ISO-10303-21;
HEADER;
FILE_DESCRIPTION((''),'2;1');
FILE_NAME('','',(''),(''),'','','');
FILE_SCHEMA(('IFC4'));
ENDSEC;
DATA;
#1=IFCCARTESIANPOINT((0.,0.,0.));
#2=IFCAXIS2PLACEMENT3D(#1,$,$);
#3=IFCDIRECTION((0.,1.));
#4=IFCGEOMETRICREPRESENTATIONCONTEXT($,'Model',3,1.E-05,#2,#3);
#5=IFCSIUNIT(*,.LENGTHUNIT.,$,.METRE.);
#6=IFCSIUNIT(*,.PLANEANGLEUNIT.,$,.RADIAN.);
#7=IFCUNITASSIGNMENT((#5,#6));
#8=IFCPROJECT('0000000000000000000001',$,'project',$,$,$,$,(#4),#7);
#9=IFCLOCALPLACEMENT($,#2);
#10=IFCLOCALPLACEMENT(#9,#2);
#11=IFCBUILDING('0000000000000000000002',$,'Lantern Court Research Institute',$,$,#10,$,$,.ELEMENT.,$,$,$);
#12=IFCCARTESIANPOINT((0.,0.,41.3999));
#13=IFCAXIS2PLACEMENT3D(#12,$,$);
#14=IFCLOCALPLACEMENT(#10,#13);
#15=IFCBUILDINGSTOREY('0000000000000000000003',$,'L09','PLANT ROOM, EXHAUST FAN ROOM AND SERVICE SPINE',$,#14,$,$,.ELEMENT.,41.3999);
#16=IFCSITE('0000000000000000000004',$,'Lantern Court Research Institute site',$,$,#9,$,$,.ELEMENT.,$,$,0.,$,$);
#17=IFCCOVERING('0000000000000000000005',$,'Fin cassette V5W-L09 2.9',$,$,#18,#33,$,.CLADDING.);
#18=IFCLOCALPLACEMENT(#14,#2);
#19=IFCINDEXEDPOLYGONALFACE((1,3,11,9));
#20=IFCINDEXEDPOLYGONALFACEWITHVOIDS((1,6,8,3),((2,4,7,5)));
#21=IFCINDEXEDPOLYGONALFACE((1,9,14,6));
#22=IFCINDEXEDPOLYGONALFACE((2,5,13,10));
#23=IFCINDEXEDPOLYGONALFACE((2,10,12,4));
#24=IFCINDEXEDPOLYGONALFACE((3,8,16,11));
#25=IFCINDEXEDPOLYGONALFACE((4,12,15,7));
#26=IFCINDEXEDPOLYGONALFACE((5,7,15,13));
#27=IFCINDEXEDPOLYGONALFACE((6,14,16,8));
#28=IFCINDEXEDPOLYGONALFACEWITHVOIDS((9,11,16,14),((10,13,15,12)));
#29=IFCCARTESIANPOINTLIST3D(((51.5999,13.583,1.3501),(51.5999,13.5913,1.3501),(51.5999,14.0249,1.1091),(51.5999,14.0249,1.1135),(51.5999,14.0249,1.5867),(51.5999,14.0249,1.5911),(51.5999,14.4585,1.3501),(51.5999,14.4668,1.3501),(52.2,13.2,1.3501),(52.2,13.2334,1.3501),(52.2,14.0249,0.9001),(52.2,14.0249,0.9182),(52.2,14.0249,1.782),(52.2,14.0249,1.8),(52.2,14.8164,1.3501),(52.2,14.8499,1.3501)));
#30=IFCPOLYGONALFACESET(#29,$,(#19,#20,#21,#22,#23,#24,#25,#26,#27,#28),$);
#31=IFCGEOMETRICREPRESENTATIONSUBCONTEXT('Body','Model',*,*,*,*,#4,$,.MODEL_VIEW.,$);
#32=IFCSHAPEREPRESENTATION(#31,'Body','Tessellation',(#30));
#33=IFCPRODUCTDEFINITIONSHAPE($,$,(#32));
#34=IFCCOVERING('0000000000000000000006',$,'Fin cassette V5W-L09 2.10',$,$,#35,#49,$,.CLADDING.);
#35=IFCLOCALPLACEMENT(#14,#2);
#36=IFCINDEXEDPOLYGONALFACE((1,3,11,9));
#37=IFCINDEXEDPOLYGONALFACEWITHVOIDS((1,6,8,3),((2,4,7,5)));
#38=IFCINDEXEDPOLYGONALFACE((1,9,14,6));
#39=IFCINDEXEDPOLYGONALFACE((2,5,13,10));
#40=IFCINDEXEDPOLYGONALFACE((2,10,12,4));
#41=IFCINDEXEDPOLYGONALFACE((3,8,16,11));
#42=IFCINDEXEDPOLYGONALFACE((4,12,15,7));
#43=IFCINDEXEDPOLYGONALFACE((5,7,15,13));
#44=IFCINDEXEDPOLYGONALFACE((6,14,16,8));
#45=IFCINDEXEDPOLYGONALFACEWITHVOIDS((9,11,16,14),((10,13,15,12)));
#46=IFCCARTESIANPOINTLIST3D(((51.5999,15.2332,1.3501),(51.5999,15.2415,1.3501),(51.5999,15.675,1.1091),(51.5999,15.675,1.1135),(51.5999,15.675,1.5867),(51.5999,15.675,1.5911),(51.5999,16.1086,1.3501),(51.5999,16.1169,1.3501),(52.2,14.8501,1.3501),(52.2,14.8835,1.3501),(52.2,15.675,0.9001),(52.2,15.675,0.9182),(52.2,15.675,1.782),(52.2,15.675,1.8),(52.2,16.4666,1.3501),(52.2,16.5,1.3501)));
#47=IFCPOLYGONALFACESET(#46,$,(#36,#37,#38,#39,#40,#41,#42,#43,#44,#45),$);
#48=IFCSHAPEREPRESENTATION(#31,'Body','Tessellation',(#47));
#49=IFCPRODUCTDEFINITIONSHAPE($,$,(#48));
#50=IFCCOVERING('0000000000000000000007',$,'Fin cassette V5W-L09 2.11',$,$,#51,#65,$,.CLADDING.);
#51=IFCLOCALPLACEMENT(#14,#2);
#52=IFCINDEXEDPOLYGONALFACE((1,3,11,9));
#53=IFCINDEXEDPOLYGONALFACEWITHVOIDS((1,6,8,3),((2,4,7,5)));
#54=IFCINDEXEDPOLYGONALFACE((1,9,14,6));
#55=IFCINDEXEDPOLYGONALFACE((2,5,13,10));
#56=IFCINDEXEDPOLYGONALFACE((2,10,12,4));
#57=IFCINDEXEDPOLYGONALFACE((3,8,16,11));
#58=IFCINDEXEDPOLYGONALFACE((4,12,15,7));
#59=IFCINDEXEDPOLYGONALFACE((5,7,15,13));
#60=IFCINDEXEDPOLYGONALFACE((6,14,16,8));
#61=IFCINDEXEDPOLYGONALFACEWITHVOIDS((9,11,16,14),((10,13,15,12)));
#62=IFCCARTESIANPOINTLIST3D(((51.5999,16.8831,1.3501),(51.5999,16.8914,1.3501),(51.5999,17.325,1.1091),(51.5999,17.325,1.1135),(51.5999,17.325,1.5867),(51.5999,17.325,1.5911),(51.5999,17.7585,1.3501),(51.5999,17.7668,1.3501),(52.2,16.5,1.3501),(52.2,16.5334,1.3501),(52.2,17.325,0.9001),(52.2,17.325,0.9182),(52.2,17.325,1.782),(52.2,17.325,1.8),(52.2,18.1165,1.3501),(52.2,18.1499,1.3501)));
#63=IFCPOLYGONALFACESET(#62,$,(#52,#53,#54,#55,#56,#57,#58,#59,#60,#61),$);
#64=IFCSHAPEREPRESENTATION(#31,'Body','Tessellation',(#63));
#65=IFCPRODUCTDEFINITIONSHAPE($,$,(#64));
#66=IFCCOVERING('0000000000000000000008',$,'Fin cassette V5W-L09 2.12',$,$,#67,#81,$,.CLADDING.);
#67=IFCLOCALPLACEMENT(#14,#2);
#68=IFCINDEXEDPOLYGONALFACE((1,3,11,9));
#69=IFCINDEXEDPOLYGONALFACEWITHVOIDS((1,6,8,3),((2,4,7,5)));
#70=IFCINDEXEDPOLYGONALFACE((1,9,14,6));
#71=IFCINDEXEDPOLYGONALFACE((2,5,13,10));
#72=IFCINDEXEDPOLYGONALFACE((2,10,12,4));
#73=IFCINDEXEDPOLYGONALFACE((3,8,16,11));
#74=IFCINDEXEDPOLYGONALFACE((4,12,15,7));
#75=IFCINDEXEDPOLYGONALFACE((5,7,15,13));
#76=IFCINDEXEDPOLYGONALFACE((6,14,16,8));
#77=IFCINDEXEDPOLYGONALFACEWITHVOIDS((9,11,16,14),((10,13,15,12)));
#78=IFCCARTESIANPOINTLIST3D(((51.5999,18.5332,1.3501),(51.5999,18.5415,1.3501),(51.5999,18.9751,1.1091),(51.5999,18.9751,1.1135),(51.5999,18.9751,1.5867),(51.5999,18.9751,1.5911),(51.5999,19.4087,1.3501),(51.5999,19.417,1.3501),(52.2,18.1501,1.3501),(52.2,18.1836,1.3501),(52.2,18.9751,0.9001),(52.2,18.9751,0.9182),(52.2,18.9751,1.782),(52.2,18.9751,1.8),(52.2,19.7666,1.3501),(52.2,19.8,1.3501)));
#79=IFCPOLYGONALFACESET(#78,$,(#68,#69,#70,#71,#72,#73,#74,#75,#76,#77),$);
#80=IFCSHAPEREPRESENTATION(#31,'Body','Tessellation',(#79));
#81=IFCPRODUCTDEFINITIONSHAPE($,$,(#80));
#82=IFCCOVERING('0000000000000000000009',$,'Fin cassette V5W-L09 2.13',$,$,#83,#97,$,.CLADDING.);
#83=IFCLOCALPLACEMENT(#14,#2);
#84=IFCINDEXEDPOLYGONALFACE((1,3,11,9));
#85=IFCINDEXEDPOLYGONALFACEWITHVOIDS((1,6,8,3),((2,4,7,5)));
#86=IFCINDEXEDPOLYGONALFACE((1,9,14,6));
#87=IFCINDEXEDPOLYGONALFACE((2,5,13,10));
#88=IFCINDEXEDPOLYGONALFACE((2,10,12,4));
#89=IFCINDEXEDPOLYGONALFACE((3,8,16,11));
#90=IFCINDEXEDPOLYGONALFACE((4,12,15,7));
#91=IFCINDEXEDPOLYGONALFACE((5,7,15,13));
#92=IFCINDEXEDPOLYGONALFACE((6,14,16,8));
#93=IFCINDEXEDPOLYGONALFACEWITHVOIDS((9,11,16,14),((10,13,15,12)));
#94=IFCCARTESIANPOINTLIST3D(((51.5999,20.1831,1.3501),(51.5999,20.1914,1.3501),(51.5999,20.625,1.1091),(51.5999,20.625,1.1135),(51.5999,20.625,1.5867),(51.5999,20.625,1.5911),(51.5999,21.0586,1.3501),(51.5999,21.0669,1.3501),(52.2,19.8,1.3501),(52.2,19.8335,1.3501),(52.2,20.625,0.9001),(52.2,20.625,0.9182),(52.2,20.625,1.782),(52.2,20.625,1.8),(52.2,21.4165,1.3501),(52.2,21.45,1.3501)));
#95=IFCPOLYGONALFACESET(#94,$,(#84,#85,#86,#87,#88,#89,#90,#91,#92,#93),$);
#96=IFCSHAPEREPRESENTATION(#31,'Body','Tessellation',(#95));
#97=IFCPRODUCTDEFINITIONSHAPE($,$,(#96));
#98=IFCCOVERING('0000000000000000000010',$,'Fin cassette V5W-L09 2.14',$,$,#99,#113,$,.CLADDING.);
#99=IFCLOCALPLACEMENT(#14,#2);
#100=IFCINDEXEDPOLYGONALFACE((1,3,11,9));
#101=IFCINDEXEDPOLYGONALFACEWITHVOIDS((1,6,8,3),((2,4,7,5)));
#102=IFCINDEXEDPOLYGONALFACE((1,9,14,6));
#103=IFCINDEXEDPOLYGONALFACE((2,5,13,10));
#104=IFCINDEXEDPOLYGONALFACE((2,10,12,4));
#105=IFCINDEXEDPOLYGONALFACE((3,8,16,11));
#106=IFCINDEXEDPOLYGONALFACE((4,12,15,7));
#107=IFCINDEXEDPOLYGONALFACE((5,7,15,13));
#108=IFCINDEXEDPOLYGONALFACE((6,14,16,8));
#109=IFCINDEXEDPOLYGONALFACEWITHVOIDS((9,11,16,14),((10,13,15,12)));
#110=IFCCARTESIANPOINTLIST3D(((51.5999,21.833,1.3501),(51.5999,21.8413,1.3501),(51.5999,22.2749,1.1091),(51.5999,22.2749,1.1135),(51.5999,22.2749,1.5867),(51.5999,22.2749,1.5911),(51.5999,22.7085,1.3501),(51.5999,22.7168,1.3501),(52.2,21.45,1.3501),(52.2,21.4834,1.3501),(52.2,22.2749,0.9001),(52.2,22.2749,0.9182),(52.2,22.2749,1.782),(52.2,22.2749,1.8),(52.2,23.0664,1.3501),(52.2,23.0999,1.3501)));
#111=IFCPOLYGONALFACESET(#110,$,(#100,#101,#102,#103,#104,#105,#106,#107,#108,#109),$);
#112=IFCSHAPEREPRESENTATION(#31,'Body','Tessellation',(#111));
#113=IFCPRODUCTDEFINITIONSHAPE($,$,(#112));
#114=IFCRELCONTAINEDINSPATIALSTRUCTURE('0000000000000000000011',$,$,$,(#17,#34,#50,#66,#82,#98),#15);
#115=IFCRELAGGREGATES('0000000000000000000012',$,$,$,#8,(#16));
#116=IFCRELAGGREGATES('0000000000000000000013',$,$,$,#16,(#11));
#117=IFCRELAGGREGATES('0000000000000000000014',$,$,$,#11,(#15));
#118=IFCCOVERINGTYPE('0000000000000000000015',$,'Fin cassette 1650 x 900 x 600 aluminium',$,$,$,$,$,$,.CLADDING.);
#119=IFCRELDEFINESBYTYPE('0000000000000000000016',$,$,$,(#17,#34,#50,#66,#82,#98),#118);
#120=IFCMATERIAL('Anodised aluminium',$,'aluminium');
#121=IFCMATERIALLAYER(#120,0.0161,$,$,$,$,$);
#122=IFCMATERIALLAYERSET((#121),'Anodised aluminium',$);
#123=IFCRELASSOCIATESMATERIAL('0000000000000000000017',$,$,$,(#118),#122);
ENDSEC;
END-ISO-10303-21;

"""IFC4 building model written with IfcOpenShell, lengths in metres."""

from ifc_helpers import new_model, entity, si_unit, direction, frame, origin, place, context, subcontext, project, spatial, material, layer, layer_set, type_object, element, save


model = new_model("IFC4")

# Units and contexts
model_context = context("Model", 3, precision=1e-05, world=origin(), true_north=direction((0.0, 1.0)))
body_context = subcontext(model_context, "Body", "Model", "MODEL_VIEW")
ifc_project = project(units=[si_unit("LENGTHUNIT", "METRE"), si_unit("PLANEANGLEUNIT", "RADIAN")], contexts=[model_context])

# Site, building, storey
site_placement = place(None, origin())
site = spatial("IfcSite", under=ifc_project, at=site_placement, Name="Lantern Court Research Institute site", CompositionType="ELEMENT", RefElevation=0.0)
building_placement = place(site_placement, origin())
building = spatial("IfcBuilding", under=site, at=building_placement, Name="Lantern Court Research Institute", CompositionType="ELEMENT")
storey_placement = place(building_placement, frame((0.0, 0.0, 41.3999)))
storey = spatial("IfcBuildingStorey", under=building, at=storey_placement, Name="L09", Description="PLANT ROOM, EXHAUST FAN ROOM AND SERVICE SPINE", CompositionType="ELEMENT", Elevation=41.3999)

# Coverings
ifc_material_1 = material(Name="Anodised aluminium", Category="aluminium")
ifc_layer_1 = layer(ifc_material_1, 0.0161)
ifc_layer_set_1 = layer_set([ifc_layer_1], Name="Anodised aluminium")
covering_type = type_object("IfcCoveringType", Name="Fin cassette 1650 x 900 x 600 aluminium", PredefinedType="CLADDING", material=ifc_layer_set_1)
covering_1_placement = place(storey_placement, frame((52.2, 14.0249, 1.3501), z_axis=(-1.0, 0.0, 0.0), x_axis=(0.0, -1.0, 0.0)))
cartesian_point_1 = entity("IfcCartesianPoint", [0.825, 0.0])
cartesian_point_2 = entity("IfcCartesianPoint", [0.7915, 0.0])
cartesian_point_3 = entity("IfcCartesianPoint", [0.4419, 0.0])
cartesian_point_4 = entity("IfcCartesianPoint", [0.4336, 0.0])
element("IfcCovering", 1, at=covering_1_placement, inside=storey, type_object=covering_type, Name="Fin cassette V5W-L09 2.9", PredefinedType="CLADDING", context=body_context, shape_type="SweptSolid", body=[
    entity("IfcExtrudedAreaSolidTapered", entity("IfcArbitraryProfileDefWithVoids", "AREA", None, entity("IfcPolyline", [cartesian_point_1, entity("IfcCartesianPoint", [0.0, 0.45]), entity("IfcCartesianPoint", [-0.825, 0.0]), entity("IfcCartesianPoint", [0.0, -0.45]), cartesian_point_1]), [entity("IfcPolyline", [cartesian_point_2, entity("IfcCartesianPoint", [0.0, 0.4319]), entity("IfcCartesianPoint", [-0.7915, 0.0]), entity("IfcCartesianPoint", [0.0, -0.4319]), cartesian_point_2])]), entity("IfcAxis2Placement3D", entity("IfcCartesianPoint", [0.0, 0.0, 0.0])), entity("IfcDirection", [0.0, 0.0, 1.0]), 0.6001, entity("IfcArbitraryProfileDefWithVoids", "AREA", None, entity("IfcPolyline", [cartesian_point_3, entity("IfcCartesianPoint", [0.0, 0.241]), entity("IfcCartesianPoint", [-0.4419, 0.0]), entity("IfcCartesianPoint", [0.0, -0.241]), cartesian_point_3]), [entity("IfcPolyline", [cartesian_point_4, entity("IfcCartesianPoint", [0.0, 0.2366]), entity("IfcCartesianPoint", [-0.4336, 0.0]), entity("IfcCartesianPoint", [0.0, -0.2366]), cartesian_point_4])])),
])
covering_2_placement = place(storey_placement, frame((52.2, 15.675, 1.3501), z_axis=(-1.0, 0.0, 0.0), x_axis=(0.0, -1.0, 0.0)))
cartesian_point_5 = entity("IfcCartesianPoint", [0.825, 0.0])
cartesian_point_6 = entity("IfcCartesianPoint", [0.7915, 0.0])
cartesian_point_7 = entity("IfcCartesianPoint", [0.4419, 0.0])
cartesian_point_8 = entity("IfcCartesianPoint", [0.4336, 0.0])
element("IfcCovering", 2, at=covering_2_placement, inside=storey, type_object=covering_type, Name="Fin cassette V5W-L09 2.10", PredefinedType="CLADDING", context=body_context, shape_type="SweptSolid", body=[
    entity("IfcExtrudedAreaSolidTapered", entity("IfcArbitraryProfileDefWithVoids", "AREA", None, entity("IfcPolyline", [cartesian_point_5, entity("IfcCartesianPoint", [0.0, 0.45]), entity("IfcCartesianPoint", [-0.825, 0.0]), entity("IfcCartesianPoint", [0.0, -0.45]), cartesian_point_5]), [entity("IfcPolyline", [cartesian_point_6, entity("IfcCartesianPoint", [0.0, 0.4319]), entity("IfcCartesianPoint", [-0.7915, 0.0]), entity("IfcCartesianPoint", [0.0, -0.4319]), cartesian_point_6])]), entity("IfcAxis2Placement3D", entity("IfcCartesianPoint", [0.0, 0.0, 0.0])), entity("IfcDirection", [0.0, 0.0, 1.0]), 0.6001, entity("IfcArbitraryProfileDefWithVoids", "AREA", None, entity("IfcPolyline", [cartesian_point_7, entity("IfcCartesianPoint", [0.0, 0.241]), entity("IfcCartesianPoint", [-0.4419, 0.0]), entity("IfcCartesianPoint", [0.0, -0.241]), cartesian_point_7]), [entity("IfcPolyline", [cartesian_point_8, entity("IfcCartesianPoint", [0.0, 0.2366]), entity("IfcCartesianPoint", [-0.4336, 0.0]), entity("IfcCartesianPoint", [0.0, -0.2366]), cartesian_point_8])])),
])
covering_3_placement = place(storey_placement, frame((52.2, 17.325, 1.3501), z_axis=(-1.0, 0.0, 0.0), x_axis=(0.0, -1.0, 0.0)))
cartesian_point_9 = entity("IfcCartesianPoint", [0.825, 0.0])
cartesian_point_10 = entity("IfcCartesianPoint", [0.7915, 0.0])
cartesian_point_11 = entity("IfcCartesianPoint", [0.4419, 0.0])
cartesian_point_12 = entity("IfcCartesianPoint", [0.4336, 0.0])
element("IfcCovering", 3, at=covering_3_placement, inside=storey, type_object=covering_type, Name="Fin cassette V5W-L09 2.11", PredefinedType="CLADDING", context=body_context, shape_type="SweptSolid", body=[
    entity("IfcExtrudedAreaSolidTapered", entity("IfcArbitraryProfileDefWithVoids", "AREA", None, entity("IfcPolyline", [cartesian_point_9, entity("IfcCartesianPoint", [0.0, 0.45]), entity("IfcCartesianPoint", [-0.825, 0.0]), entity("IfcCartesianPoint", [0.0, -0.45]), cartesian_point_9]), [entity("IfcPolyline", [cartesian_point_10, entity("IfcCartesianPoint", [0.0, 0.4319]), entity("IfcCartesianPoint", [-0.7915, 0.0]), entity("IfcCartesianPoint", [0.0, -0.4319]), cartesian_point_10])]), entity("IfcAxis2Placement3D", entity("IfcCartesianPoint", [0.0, 0.0, 0.0])), entity("IfcDirection", [0.0, 0.0, 1.0]), 0.6001, entity("IfcArbitraryProfileDefWithVoids", "AREA", None, entity("IfcPolyline", [cartesian_point_11, entity("IfcCartesianPoint", [0.0, 0.241]), entity("IfcCartesianPoint", [-0.4419, 0.0]), entity("IfcCartesianPoint", [0.0, -0.241]), cartesian_point_11]), [entity("IfcPolyline", [cartesian_point_12, entity("IfcCartesianPoint", [0.0, 0.2366]), entity("IfcCartesianPoint", [-0.4336, 0.0]), entity("IfcCartesianPoint", [0.0, -0.2366]), cartesian_point_12])])),
])
covering_4_placement = place(storey_placement, frame((52.2, 18.9751, 1.3501), z_axis=(-1.0, 0.0, 0.0), x_axis=(0.0, -1.0, 0.0)))
cartesian_point_13 = entity("IfcCartesianPoint", [0.825, 0.0])
cartesian_point_14 = entity("IfcCartesianPoint", [0.7915, 0.0])
cartesian_point_15 = entity("IfcCartesianPoint", [0.4419, 0.0])
cartesian_point_16 = entity("IfcCartesianPoint", [0.4336, 0.0])
element("IfcCovering", 4, at=covering_4_placement, inside=storey, type_object=covering_type, Name="Fin cassette V5W-L09 2.12", PredefinedType="CLADDING", context=body_context, shape_type="SweptSolid", body=[
    entity("IfcExtrudedAreaSolidTapered", entity("IfcArbitraryProfileDefWithVoids", "AREA", None, entity("IfcPolyline", [cartesian_point_13, entity("IfcCartesianPoint", [0.0, 0.45]), entity("IfcCartesianPoint", [-0.825, 0.0]), entity("IfcCartesianPoint", [0.0, -0.45]), cartesian_point_13]), [entity("IfcPolyline", [cartesian_point_14, entity("IfcCartesianPoint", [0.0, 0.4319]), entity("IfcCartesianPoint", [-0.7915, 0.0]), entity("IfcCartesianPoint", [0.0, -0.4319]), cartesian_point_14])]), entity("IfcAxis2Placement3D", entity("IfcCartesianPoint", [0.0, 0.0, 0.0])), entity("IfcDirection", [0.0, 0.0, 1.0]), 0.6001, entity("IfcArbitraryProfileDefWithVoids", "AREA", None, entity("IfcPolyline", [cartesian_point_15, entity("IfcCartesianPoint", [0.0, 0.241]), entity("IfcCartesianPoint", [-0.4419, 0.0]), entity("IfcCartesianPoint", [0.0, -0.241]), cartesian_point_15]), [entity("IfcPolyline", [cartesian_point_16, entity("IfcCartesianPoint", [0.0, 0.2366]), entity("IfcCartesianPoint", [-0.4336, 0.0]), entity("IfcCartesianPoint", [0.0, -0.2366]), cartesian_point_16])])),
])
covering_5_placement = place(storey_placement, frame((52.2, 20.625, 1.3501), z_axis=(-1.0, 0.0, 0.0), x_axis=(0.0, -1.0, 0.0)))
cartesian_point_17 = entity("IfcCartesianPoint", [0.825, 0.0])
cartesian_point_18 = entity("IfcCartesianPoint", [0.7915, 0.0])
cartesian_point_19 = entity("IfcCartesianPoint", [0.4419, 0.0])
cartesian_point_20 = entity("IfcCartesianPoint", [0.4336, 0.0])
element("IfcCovering", 5, at=covering_5_placement, inside=storey, type_object=covering_type, Name="Fin cassette V5W-L09 2.13", PredefinedType="CLADDING", context=body_context, shape_type="SweptSolid", body=[
    entity("IfcExtrudedAreaSolidTapered", entity("IfcArbitraryProfileDefWithVoids", "AREA", None, entity("IfcPolyline", [cartesian_point_17, entity("IfcCartesianPoint", [0.0, 0.45]), entity("IfcCartesianPoint", [-0.825, 0.0]), entity("IfcCartesianPoint", [0.0, -0.45]), cartesian_point_17]), [entity("IfcPolyline", [cartesian_point_18, entity("IfcCartesianPoint", [0.0, 0.4319]), entity("IfcCartesianPoint", [-0.7915, 0.0]), entity("IfcCartesianPoint", [0.0, -0.4319]), cartesian_point_18])]), entity("IfcAxis2Placement3D", entity("IfcCartesianPoint", [0.0, 0.0, 0.0])), entity("IfcDirection", [0.0, 0.0, 1.0]), 0.6001, entity("IfcArbitraryProfileDefWithVoids", "AREA", None, entity("IfcPolyline", [cartesian_point_19, entity("IfcCartesianPoint", [0.0, 0.241]), entity("IfcCartesianPoint", [-0.4419, 0.0]), entity("IfcCartesianPoint", [0.0, -0.241]), cartesian_point_19]), [entity("IfcPolyline", [cartesian_point_20, entity("IfcCartesianPoint", [0.0, 0.2366]), entity("IfcCartesianPoint", [-0.4336, 0.0]), entity("IfcCartesianPoint", [0.0, -0.2366]), cartesian_point_20])])),
])
covering_6_placement = place(storey_placement, frame((52.2, 22.2749, 1.3501), z_axis=(-1.0, 0.0, 0.0), x_axis=(0.0, -1.0, 0.0)))
cartesian_point_21 = entity("IfcCartesianPoint", [0.825, 0.0])
cartesian_point_22 = entity("IfcCartesianPoint", [0.7915, 0.0])
cartesian_point_23 = entity("IfcCartesianPoint", [0.4419, 0.0])
cartesian_point_24 = entity("IfcCartesianPoint", [0.4336, 0.0])
element("IfcCovering", 6, at=covering_6_placement, inside=storey, type_object=covering_type, Name="Fin cassette V5W-L09 2.14", PredefinedType="CLADDING", context=body_context, shape_type="SweptSolid", body=[
    entity("IfcExtrudedAreaSolidTapered", entity("IfcArbitraryProfileDefWithVoids", "AREA", None, entity("IfcPolyline", [cartesian_point_21, entity("IfcCartesianPoint", [0.0, 0.45]), entity("IfcCartesianPoint", [-0.825, 0.0]), entity("IfcCartesianPoint", [0.0, -0.45]), cartesian_point_21]), [entity("IfcPolyline", [cartesian_point_22, entity("IfcCartesianPoint", [0.0, 0.4319]), entity("IfcCartesianPoint", [-0.7915, 0.0]), entity("IfcCartesianPoint", [0.0, -0.4319]), cartesian_point_22])]), entity("IfcAxis2Placement3D", entity("IfcCartesianPoint", [0.0, 0.0, 0.0])), entity("IfcDirection", [0.0, 0.0, 1.0]), 0.6001, entity("IfcArbitraryProfileDefWithVoids", "AREA", None, entity("IfcPolyline", [cartesian_point_23, entity("IfcCartesianPoint", [0.0, 0.241]), entity("IfcCartesianPoint", [-0.4419, 0.0]), entity("IfcCartesianPoint", [0.0, -0.241]), cartesian_point_23]), [entity("IfcPolyline", [cartesian_point_24, entity("IfcCartesianPoint", [0.0, 0.2366]), entity("IfcCartesianPoint", [-0.4336, 0.0]), entity("IfcCartesianPoint", [0.0, -0.2366]), cartesian_point_24])])),
])

save(model, "model.ifc")
